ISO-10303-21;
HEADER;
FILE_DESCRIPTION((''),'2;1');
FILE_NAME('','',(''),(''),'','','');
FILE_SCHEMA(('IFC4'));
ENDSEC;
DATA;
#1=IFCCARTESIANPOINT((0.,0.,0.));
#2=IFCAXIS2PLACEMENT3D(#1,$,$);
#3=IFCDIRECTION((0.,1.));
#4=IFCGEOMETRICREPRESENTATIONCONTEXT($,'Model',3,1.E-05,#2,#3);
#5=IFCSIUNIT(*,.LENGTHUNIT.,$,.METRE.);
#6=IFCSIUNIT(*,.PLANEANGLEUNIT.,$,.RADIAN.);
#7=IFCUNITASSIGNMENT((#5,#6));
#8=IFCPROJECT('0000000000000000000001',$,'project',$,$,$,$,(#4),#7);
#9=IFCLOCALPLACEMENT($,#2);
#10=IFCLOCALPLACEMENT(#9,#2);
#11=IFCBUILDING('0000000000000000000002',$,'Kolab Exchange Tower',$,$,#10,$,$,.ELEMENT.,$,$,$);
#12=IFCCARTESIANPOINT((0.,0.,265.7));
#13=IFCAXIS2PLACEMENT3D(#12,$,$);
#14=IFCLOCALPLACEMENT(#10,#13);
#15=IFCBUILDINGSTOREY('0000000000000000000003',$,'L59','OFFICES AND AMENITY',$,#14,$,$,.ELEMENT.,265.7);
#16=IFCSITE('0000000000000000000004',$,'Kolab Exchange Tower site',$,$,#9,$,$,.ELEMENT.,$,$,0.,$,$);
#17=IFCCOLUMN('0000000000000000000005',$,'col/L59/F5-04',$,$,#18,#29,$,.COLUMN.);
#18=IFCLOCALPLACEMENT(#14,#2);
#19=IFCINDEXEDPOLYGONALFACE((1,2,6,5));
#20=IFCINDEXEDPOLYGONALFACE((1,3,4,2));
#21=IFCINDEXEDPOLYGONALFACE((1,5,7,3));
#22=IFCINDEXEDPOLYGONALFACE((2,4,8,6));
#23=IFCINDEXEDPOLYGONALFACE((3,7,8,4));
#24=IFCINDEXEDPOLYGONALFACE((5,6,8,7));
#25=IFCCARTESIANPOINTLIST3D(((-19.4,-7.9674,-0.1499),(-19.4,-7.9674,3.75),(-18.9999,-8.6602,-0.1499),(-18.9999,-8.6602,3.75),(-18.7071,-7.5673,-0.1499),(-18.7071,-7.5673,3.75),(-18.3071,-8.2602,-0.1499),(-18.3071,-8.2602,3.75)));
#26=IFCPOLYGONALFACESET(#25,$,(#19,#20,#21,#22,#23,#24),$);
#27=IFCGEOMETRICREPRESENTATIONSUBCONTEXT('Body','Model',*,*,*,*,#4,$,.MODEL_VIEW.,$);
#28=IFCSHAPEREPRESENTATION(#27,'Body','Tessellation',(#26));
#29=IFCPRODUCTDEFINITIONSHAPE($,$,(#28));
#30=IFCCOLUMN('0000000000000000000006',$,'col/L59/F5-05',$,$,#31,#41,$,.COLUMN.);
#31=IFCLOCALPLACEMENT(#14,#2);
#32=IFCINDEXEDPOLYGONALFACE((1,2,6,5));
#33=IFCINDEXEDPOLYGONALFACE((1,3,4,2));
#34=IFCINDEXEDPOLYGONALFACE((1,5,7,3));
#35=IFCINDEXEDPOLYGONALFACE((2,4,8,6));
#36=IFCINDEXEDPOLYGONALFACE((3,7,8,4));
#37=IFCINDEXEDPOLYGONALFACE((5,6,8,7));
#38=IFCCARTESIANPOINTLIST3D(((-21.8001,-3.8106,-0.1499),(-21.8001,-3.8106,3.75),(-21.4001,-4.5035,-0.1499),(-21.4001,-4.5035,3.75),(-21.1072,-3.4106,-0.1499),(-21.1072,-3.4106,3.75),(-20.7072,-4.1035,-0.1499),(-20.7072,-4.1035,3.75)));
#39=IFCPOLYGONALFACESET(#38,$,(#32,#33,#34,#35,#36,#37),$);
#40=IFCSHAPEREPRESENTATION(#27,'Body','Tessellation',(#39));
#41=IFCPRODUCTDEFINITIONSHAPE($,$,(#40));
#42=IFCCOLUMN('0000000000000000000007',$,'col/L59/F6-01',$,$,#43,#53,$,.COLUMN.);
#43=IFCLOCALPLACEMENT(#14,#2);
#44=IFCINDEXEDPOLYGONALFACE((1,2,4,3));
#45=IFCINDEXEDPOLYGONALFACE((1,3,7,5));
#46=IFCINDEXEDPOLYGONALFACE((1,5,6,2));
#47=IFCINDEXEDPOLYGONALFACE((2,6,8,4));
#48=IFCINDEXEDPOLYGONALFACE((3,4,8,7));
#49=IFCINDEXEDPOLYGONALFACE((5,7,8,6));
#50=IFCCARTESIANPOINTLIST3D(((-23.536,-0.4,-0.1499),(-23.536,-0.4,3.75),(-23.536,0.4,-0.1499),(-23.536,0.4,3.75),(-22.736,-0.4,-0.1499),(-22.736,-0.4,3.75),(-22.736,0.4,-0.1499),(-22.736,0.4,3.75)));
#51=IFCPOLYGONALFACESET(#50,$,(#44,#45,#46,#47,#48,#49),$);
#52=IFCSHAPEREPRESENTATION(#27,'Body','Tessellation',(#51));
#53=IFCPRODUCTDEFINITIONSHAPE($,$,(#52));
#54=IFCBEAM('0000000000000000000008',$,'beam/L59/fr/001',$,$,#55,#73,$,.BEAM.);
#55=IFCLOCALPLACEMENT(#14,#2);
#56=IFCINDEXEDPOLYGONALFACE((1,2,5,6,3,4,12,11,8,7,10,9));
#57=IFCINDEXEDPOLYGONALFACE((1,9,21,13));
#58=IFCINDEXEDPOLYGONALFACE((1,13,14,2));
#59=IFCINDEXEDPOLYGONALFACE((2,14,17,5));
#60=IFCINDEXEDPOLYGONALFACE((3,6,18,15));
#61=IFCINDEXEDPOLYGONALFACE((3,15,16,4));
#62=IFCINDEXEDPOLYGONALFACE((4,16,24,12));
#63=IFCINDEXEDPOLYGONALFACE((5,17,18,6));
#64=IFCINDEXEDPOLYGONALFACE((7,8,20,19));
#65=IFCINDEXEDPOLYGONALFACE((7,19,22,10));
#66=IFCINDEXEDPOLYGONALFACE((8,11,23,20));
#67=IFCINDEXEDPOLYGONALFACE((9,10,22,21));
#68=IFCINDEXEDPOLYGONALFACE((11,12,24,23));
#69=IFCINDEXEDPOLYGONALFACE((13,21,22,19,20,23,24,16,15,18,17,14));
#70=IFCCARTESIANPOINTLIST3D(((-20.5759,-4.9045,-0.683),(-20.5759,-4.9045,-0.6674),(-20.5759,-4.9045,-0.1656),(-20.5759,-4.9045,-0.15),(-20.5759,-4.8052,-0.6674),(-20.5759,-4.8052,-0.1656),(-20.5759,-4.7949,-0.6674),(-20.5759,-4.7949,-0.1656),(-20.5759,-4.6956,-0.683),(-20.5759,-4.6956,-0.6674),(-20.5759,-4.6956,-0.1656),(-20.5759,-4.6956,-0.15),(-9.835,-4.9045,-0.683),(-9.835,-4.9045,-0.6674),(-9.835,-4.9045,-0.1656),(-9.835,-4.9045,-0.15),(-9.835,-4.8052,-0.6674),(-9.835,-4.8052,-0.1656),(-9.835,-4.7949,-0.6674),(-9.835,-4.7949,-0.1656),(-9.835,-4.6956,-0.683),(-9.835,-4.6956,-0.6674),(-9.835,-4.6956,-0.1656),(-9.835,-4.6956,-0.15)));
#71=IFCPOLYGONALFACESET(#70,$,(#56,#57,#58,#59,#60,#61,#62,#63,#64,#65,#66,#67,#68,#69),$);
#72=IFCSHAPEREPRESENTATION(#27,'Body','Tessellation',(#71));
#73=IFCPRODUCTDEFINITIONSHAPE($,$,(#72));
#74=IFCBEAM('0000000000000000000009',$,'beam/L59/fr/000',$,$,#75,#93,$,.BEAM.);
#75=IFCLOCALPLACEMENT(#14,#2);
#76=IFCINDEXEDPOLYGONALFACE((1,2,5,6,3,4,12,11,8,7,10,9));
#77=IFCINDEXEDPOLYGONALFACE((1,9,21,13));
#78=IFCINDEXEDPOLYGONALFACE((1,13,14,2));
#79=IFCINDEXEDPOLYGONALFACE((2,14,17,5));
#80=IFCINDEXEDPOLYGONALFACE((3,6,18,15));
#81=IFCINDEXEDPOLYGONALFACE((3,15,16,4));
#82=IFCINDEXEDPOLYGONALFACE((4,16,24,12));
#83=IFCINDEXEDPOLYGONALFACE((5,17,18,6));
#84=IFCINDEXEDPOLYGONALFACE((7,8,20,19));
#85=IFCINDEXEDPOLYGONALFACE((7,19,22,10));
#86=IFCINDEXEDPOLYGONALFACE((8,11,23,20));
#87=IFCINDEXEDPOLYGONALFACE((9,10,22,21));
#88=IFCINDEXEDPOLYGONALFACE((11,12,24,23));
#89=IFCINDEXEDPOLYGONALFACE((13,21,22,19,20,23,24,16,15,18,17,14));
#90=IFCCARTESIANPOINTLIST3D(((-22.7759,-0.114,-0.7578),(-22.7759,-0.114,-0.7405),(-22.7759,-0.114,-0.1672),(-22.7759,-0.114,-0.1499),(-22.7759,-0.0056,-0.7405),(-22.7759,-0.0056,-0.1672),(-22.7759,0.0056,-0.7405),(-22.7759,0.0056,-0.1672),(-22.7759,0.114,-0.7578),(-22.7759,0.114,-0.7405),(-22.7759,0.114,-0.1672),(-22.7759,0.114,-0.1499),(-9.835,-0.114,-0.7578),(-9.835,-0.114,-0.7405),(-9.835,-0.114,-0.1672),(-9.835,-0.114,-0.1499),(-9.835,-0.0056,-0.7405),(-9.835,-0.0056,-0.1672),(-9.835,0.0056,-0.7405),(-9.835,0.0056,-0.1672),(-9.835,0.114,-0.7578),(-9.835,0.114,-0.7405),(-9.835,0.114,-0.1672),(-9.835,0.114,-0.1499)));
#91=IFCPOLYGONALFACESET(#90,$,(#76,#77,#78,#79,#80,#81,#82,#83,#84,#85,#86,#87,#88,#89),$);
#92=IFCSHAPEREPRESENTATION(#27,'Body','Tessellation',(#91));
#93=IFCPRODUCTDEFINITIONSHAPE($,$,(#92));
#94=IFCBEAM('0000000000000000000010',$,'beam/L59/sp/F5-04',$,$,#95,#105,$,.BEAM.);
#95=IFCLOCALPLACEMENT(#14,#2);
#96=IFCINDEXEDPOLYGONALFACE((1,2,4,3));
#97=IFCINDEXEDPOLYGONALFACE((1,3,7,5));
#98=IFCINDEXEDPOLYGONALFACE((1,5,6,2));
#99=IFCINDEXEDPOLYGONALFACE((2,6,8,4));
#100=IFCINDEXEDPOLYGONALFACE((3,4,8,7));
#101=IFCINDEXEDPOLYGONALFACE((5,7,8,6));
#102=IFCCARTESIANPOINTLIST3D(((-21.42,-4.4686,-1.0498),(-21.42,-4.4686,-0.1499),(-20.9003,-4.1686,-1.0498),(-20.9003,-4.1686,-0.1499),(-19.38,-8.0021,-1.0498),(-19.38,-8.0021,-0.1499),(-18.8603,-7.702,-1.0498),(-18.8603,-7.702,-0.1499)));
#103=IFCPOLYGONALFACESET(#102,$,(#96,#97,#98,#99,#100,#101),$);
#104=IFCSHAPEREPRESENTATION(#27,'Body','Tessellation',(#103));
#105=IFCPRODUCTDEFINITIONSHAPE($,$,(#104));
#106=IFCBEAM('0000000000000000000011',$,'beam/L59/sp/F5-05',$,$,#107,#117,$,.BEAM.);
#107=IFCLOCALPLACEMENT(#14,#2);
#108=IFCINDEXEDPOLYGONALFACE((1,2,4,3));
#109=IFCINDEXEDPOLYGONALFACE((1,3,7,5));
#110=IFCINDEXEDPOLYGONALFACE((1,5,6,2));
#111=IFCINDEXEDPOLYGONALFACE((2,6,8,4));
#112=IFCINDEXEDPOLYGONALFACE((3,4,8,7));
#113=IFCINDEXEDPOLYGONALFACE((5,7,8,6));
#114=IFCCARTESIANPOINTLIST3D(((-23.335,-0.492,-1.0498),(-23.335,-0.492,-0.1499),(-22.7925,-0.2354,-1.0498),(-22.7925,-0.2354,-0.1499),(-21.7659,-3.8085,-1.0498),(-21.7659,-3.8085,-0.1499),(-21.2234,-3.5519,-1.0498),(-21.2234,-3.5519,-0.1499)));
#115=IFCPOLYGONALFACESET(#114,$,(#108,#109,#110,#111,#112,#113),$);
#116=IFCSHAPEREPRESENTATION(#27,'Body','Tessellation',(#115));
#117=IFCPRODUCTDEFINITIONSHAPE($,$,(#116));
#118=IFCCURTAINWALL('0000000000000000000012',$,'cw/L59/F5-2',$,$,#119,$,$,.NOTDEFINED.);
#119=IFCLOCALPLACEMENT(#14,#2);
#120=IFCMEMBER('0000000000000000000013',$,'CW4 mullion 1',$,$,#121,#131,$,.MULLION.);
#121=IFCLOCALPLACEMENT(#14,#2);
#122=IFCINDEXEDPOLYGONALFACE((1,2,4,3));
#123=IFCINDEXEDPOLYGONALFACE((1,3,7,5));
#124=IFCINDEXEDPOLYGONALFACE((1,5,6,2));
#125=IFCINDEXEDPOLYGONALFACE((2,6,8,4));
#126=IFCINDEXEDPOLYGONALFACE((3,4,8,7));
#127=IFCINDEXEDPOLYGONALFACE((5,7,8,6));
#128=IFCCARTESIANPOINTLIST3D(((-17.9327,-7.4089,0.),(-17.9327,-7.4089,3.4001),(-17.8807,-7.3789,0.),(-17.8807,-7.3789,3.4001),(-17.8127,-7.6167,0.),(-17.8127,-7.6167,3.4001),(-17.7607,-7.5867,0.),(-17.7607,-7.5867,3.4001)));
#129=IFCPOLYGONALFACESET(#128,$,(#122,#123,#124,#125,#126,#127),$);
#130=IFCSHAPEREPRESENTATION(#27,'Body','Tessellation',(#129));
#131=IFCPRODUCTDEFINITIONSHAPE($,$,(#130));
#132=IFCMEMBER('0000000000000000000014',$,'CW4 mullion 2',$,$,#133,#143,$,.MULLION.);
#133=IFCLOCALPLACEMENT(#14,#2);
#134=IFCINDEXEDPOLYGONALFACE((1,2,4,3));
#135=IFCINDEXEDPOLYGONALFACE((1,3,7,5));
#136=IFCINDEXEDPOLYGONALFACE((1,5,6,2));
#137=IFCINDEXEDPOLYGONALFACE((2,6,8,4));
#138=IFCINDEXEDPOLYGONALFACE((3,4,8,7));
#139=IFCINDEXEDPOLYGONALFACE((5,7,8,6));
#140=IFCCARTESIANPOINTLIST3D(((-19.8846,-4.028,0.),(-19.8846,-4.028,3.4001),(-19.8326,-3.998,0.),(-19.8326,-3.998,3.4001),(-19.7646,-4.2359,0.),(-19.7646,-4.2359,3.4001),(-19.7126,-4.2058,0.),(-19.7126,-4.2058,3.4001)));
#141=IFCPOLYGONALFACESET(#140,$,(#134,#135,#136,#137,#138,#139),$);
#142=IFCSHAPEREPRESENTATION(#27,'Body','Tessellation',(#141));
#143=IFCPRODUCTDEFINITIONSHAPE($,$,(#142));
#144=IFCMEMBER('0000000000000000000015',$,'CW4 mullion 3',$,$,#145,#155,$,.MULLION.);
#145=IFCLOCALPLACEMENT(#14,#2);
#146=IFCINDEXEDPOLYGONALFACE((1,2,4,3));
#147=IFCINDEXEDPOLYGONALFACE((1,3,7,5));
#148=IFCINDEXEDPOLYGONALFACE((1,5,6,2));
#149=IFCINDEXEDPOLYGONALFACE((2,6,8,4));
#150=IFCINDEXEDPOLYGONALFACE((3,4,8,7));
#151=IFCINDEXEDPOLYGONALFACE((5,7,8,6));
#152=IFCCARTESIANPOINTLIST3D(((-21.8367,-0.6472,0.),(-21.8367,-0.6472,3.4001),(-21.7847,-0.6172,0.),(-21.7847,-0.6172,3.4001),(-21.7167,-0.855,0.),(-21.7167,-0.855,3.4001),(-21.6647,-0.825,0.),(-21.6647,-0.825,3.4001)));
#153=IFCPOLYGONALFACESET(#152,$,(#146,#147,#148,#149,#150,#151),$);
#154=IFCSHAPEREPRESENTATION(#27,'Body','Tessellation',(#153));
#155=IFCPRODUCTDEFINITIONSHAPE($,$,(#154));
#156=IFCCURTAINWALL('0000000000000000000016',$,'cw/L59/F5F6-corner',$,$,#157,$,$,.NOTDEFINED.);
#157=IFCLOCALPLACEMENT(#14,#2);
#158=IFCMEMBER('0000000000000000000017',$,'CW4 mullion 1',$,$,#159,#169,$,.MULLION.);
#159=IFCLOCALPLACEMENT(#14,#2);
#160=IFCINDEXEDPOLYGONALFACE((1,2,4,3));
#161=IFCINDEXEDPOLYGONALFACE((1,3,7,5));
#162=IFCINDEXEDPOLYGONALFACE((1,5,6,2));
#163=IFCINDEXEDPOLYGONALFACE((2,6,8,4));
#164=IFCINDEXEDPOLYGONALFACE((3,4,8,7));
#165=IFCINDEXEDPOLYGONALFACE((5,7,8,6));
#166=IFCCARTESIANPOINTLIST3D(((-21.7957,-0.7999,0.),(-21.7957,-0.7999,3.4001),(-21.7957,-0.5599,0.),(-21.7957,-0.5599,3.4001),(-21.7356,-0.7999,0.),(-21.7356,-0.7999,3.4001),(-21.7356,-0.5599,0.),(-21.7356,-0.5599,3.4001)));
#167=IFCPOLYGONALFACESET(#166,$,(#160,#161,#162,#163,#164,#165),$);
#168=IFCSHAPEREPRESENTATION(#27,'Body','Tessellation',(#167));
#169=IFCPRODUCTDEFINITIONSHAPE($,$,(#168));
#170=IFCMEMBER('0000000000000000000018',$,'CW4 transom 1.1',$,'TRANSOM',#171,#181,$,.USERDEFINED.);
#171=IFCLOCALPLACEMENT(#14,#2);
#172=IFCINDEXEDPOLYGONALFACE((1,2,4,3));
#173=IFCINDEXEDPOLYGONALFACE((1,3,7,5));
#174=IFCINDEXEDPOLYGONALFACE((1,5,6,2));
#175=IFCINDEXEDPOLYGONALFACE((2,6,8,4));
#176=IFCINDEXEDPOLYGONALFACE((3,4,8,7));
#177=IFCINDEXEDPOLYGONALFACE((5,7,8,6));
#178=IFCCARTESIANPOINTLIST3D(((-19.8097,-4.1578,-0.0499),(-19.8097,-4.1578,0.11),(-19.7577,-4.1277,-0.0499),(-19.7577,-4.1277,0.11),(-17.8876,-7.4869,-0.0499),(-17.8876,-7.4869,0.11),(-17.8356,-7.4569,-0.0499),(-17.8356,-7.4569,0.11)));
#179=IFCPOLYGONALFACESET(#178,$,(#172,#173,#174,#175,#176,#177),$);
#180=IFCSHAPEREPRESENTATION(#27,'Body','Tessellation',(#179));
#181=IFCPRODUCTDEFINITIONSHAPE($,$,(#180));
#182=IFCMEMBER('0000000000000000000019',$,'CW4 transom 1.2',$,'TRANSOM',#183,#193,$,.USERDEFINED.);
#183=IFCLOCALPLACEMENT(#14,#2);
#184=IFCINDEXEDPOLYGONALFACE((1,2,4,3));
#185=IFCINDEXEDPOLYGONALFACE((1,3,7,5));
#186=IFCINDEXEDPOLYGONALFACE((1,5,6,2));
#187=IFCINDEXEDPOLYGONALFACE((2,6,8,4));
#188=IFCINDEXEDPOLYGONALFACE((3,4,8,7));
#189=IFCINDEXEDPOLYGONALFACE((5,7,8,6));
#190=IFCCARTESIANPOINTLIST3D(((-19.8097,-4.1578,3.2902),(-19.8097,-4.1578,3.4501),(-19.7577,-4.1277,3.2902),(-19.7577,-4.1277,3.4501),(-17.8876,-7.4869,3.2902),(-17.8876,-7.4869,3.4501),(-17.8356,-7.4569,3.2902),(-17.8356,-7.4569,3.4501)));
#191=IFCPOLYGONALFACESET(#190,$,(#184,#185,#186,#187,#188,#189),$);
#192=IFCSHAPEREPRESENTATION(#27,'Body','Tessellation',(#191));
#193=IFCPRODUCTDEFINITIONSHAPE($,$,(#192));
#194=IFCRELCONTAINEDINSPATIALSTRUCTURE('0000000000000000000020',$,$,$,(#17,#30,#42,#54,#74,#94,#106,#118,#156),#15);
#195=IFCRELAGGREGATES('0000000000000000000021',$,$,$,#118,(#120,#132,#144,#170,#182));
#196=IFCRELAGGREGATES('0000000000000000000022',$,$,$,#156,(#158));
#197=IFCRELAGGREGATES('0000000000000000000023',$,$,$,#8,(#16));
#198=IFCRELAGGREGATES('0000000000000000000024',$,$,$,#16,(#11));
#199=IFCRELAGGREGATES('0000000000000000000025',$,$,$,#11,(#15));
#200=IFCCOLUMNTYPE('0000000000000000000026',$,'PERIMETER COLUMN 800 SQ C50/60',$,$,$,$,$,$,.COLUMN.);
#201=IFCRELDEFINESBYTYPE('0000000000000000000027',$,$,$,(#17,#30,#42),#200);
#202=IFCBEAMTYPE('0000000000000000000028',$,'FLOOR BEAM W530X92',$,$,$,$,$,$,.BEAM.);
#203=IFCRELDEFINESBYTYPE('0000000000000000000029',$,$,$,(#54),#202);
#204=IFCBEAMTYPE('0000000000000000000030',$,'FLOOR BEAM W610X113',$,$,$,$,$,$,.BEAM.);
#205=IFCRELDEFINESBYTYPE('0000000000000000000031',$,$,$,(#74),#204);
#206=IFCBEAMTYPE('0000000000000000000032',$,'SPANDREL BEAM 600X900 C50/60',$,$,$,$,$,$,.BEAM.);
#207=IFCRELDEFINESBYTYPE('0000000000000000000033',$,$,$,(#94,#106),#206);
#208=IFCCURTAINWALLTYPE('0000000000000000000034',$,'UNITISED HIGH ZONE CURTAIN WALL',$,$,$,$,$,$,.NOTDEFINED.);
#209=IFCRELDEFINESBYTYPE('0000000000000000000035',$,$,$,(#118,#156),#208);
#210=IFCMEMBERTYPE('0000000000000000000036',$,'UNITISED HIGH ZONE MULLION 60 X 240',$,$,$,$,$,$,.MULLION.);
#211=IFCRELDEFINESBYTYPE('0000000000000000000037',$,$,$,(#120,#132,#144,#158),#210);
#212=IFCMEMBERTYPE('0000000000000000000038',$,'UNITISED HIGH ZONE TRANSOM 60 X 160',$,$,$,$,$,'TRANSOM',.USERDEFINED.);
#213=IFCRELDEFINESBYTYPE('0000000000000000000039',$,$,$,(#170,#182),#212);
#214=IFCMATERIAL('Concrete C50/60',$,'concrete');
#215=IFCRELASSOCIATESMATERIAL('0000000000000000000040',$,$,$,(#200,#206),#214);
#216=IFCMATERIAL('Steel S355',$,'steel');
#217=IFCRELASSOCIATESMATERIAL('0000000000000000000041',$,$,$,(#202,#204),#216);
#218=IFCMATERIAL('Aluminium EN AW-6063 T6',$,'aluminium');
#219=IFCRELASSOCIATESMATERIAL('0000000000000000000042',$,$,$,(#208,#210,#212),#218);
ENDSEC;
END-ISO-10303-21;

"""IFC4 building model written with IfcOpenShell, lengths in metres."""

from ifc_helpers import new_model, si_unit, direction, frame, origin, origin_2d, place, context, subcontext, project, spatial, rectangle, i_section, extrude, material, material_profile, profile_set, type_object, element, aggregate, save


model = new_model("IFC4")

# Units and contexts
model_context = context("Model", 3, precision=1e-05, world=origin(), true_north=direction((0.0, 1.0)))
body_context = subcontext(model_context, "Body", "Model", "MODEL_VIEW")
ifc_project = project(units=[si_unit("LENGTHUNIT", "METRE"), si_unit("PLANEANGLEUNIT", "RADIAN")], contexts=[model_context])

# Site, building, storey
site_placement = place(None, origin())
site = spatial("IfcSite", under=ifc_project, at=site_placement, Name="Kolab Exchange Tower site", CompositionType="ELEMENT", RefElevation=0.0)
building_placement = place(site_placement, origin())
building = spatial("IfcBuilding", under=site, at=building_placement, Name="Kolab Exchange Tower", CompositionType="ELEMENT")
storey_placement = place(building_placement, frame((0.0, 0.0, 265.7)))
storey = spatial("IfcBuildingStorey", under=building, at=storey_placement, Name="L59", Description="OFFICES AND AMENITY", CompositionType="ELEMENT", Elevation=265.7)

# Columns
ifc_material_1 = material(Name="Concrete C50/60", Category="concrete")
ifc_material_profile_1 = material_profile(ifc_material_1, rectangle(XDim=0.8, YDim=0.8, at=origin_2d()), Name="RC800")
ifc_profile_set_1 = profile_set([ifc_material_profile_1], Name="Concrete C50/60")
column_type = type_object("IfcColumnType", Name="PERIMETER COLUMN 800 SQ C50/60", PredefinedType="COLUMN", material=ifc_profile_set_1)
for number, where, z_axis, x_axis, name in (
    (1, (-18.8535, -8.1138, -0.1499), (0.0, 0.0, 1.0), (0.866025, 0.5, 0.0), "col/L59/F5-04"),
    (2, (-21.2537, -3.957, -0.1499), (0.0, 0.0, 1.0), (0.866025, 0.5, 0.0), "col/L59/F5-05"),
    (3, (-23.136, 0.0, -0.1499), (0.0, 0.0, 1.0), (1.0, 0.0, 0.0), "col/L59/F6-01"),
):
    element("IfcColumn", number, at=place(storey_placement, frame(where, z_axis=z_axis, x_axis=x_axis)), inside=storey, type_object=column_type, Name=name, PredefinedType="COLUMN", context=body_context, shape_type="SweptSolid", body=[
        extrude(rectangle(XDim=0.8, YDim=0.8, at=origin_2d()), origin(), (0.0, 0.0, 1.0), 3.8999),
    ])

# Beams
ifc_material_2 = material(Name="Steel S355", Category="steel")
ifc_material_profile_2 = material_profile(ifc_material_2, i_section(OverallWidth=0.209, OverallDepth=0.533, WebThickness=0.0103, FlangeThickness=0.0156, at=origin_2d()), Name="W530X92")
ifc_profile_set_2 = profile_set([ifc_material_profile_2], Name="Steel S355")
beam_type_1 = type_object("IfcBeamType", Name="FLOOR BEAM W530X92", PredefinedType="BEAM", material=ifc_profile_set_2)
beam_1_placement = place(storey_placement, frame((-20.5759, -4.8, -0.4165), z_axis=(1.0, 0.0, 0.0), x_axis=(0.0, 1.0, 0.0)))
element("IfcBeam", 4, at=beam_1_placement, inside=storey, type_object=beam_type_1, Name="beam/L59/fr/001", PredefinedType="BEAM", context=body_context, shape_type="SweptSolid", body=[
    extrude(i_section(OverallWidth=0.209, OverallDepth=0.533, WebThickness=0.0103, FlangeThickness=0.0156, at=origin_2d()), origin(), (0.0, 0.0, 1.0), 10.741),
])
ifc_material_profile_3 = material_profile(ifc_material_2, i_section(OverallWidth=0.228, OverallDepth=0.6079, WebThickness=0.0112, FlangeThickness=0.0173, at=origin_2d()), Name="W610X113")
ifc_profile_set_3 = profile_set([ifc_material_profile_3], Name="Steel S355")
beam_type_2 = type_object("IfcBeamType", Name="FLOOR BEAM W610X113", PredefinedType="BEAM", material=ifc_profile_set_3)
beam_2_placement = place(storey_placement, frame((-22.7759, 0.0, -0.4539), z_axis=(1.0, 0.0, 0.0), x_axis=(0.0, 1.0, 0.0)))
element("IfcBeam", 5, at=beam_2_placement, inside=storey, type_object=beam_type_2, Name="beam/L59/fr/000", PredefinedType="BEAM", context=body_context, shape_type="SweptSolid", body=[
    extrude(i_section(OverallWidth=0.228, OverallDepth=0.6079, WebThickness=0.0112, FlangeThickness=0.0173, at=origin_2d()), origin(), (0.0, 0.0, 1.0), 12.9409),
])
ifc_material_profile_4 = material_profile(ifc_material_1, rectangle(XDim=0.6001, YDim=0.8999, at=origin_2d()), Name="RC600X900")
ifc_profile_set_4 = profile_set([ifc_material_profile_4], Name="Concrete C50/60")
beam_type_3 = type_object("IfcBeamType", Name="SPANDREL BEAM 600X900 C50/60", PredefinedType="BEAM", material=ifc_profile_set_4)
beam_3_placement = place(storey_placement, frame((-19.1201, -7.8521, -0.5999), z_axis=(-0.5, 0.866025, 0.0), x_axis=(-0.866025, -0.5, 0.0)))
element("IfcBeam", 6, at=beam_3_placement, inside=storey, type_object=beam_type_3, Name="beam/L59/sp/F5-04", PredefinedType="BEAM", context=body_context, shape_type="SweptSolid", body=[
    extrude(rectangle(XDim=0.6001, YDim=0.8999, at=origin_2d()), origin(), (0.0, 0.0, 1.0), 4.0801),
])
beam_4_placement = place(storey_placement, frame((-21.4946, -3.6802, -0.5999), z_axis=(-0.427677, 0.903932, 0.0), x_axis=(-0.903932, -0.427677, 0.0)))
element("IfcBeam", 7, at=beam_4_placement, inside=storey, type_object=beam_type_3, Name="beam/L59/sp/F5-05", PredefinedType="BEAM", context=body_context, shape_type="SweptSolid", body=[
    extrude(rectangle(XDim=0.6001, YDim=0.8999, at=origin_2d()), origin(), (0.0, 0.0, 1.0), 3.6689),
])

# Curtain wall, members
ifc_material_3 = material(Name="Aluminium EN AW-6063 T6", Category="aluminium")
curtain_wall_type = type_object("IfcCurtainWallType", Name="UNITISED HIGH ZONE CURTAIN WALL", PredefinedType="NOTDEFINED", material=ifc_material_3)
curtain_wall_1_placement = place(storey_placement, origin())
curtain_wall_1 = element("IfcCurtainWall", 8, at=curtain_wall_1_placement, inside=storey, type_object=curtain_wall_type, Name="cw/L59/F5-2", PredefinedType="NOTDEFINED")
ifc_material_profile_5 = material_profile(ifc_material_3, rectangle(XDim=0.0601, YDim=0.24, at=origin_2d()), Name="RECT 60X240")
ifc_profile_set_5 = profile_set([ifc_material_profile_5], Name="Aluminium EN AW-6063 T6")
member_type_1 = type_object("IfcMemberType", Name="UNITISED HIGH ZONE MULLION 60 X 240", PredefinedType="MULLION", material=ifc_profile_set_5)
member_1_placement = place(storey_placement, frame((-17.8467, -7.4978, 0.0), z_axis=(0.0, 0.0, 1.0), x_axis=(-0.866025, -0.5, 0.0)))
member_1 = element("IfcMember", 9, at=member_1_placement, type_object=member_type_1, Name="CW4 mullion 1", PredefinedType="MULLION", context=body_context, shape_type="SweptSolid", body=[
    extrude(rectangle(XDim=0.0601, YDim=0.24, at=origin_2d()), origin(), (0.0, 0.0, 1.0), 3.4001),
])
member_2_placement = place(storey_placement, frame((-19.7986, -4.1169, 0.0), z_axis=(0.0, 0.0, 1.0), x_axis=(-0.866025, -0.5, 0.0)))
member_2 = element("IfcMember", 10, at=member_2_placement, type_object=member_type_1, Name="CW4 mullion 2", PredefinedType="MULLION", context=body_context, shape_type="SweptSolid", body=[
    extrude(rectangle(XDim=0.0601, YDim=0.24, at=origin_2d()), origin(), (0.0, 0.0, 1.0), 3.4001),
])
member_3_placement = place(storey_placement, frame((-21.7507, -0.7361, 0.0), z_axis=(0.0, 0.0, 1.0), x_axis=(-0.866025, -0.5, 0.0)))
member_3 = element("IfcMember", 11, at=member_3_placement, type_object=member_type_1, Name="CW4 mullion 3", PredefinedType="MULLION", context=body_context, shape_type="SweptSolid", body=[
    extrude(rectangle(XDim=0.0601, YDim=0.24, at=origin_2d()), origin(), (0.0, 0.0, 1.0), 3.4001),
])

# Curtain wall, member
curtain_wall_2_placement = place(storey_placement, origin())
curtain_wall_2 = element("IfcCurtainWall", 12, at=curtain_wall_2_placement, inside=storey, type_object=curtain_wall_type, Name="cw/L59/F5F6-corner", PredefinedType="NOTDEFINED")
member_4_placement = place(storey_placement, frame((-21.7656, -0.6799, 0.0), z_axis=(0.0, 0.0, 1.0), x_axis=(-1.0, 0.0, 0.0)))
member_4 = element("IfcMember", 13, at=member_4_placement, type_object=member_type_1, Name="CW4 mullion 1", PredefinedType="MULLION", context=body_context, shape_type="SweptSolid", body=[
    extrude(rectangle(XDim=0.0601, YDim=0.24, at=origin_2d()), origin(), (0.0, 0.0, 1.0), 3.4001),
])

# Members
ifc_material_profile_6 = material_profile(ifc_material_3, rectangle(XDim=0.0601, YDim=0.1599, at=origin_2d()), Name="RECT 60X160")
ifc_profile_set_6 = profile_set([ifc_material_profile_6], Name="Aluminium EN AW-6063 T6")
member_type_2 = type_object("IfcMemberType", Name="UNITISED HIGH ZONE TRANSOM 60 X 160", ElementType="TRANSOM", PredefinedType="USERDEFINED", material=ifc_profile_set_6)
member_5_placement = place(storey_placement, frame((-17.8616, -7.4719, 0.03), z_axis=(-0.500012, 0.866018, 0.0), x_axis=(-0.866018, -0.500012, 0.0)))
member_5 = element("IfcMember", 14, at=member_5_placement, type_object=member_type_2, Name="CW4 transom 1.1", ObjectType="TRANSOM", PredefinedType="USERDEFINED", context=body_context, shape_type="SweptSolid", body=[
    extrude(rectangle(XDim=0.0601, YDim=0.1599, at=origin_2d()), origin(), (0.0, 0.0, 1.0), 3.8442),
])
member_6_placement = place(storey_placement, frame((-17.8616, -7.4719, 3.3701), z_axis=(-0.500012, 0.866018, 0.0), x_axis=(-0.866018, -0.500012, 0.0)))
member_6 = element("IfcMember", 15, at=member_6_placement, type_object=member_type_2, Name="CW4 transom 1.2", ObjectType="TRANSOM", PredefinedType="USERDEFINED", context=body_context, shape_type="SweptSolid", body=[
    extrude(rectangle(XDim=0.0601, YDim=0.1599, at=origin_2d()), origin(), (0.0, 0.0, 1.0), 3.8442),
])

aggregate(curtain_wall_1, [member_1, member_2, member_3, member_5, member_6])
aggregate(curtain_wall_2, [member_4])

save(model, "model.ifc")
